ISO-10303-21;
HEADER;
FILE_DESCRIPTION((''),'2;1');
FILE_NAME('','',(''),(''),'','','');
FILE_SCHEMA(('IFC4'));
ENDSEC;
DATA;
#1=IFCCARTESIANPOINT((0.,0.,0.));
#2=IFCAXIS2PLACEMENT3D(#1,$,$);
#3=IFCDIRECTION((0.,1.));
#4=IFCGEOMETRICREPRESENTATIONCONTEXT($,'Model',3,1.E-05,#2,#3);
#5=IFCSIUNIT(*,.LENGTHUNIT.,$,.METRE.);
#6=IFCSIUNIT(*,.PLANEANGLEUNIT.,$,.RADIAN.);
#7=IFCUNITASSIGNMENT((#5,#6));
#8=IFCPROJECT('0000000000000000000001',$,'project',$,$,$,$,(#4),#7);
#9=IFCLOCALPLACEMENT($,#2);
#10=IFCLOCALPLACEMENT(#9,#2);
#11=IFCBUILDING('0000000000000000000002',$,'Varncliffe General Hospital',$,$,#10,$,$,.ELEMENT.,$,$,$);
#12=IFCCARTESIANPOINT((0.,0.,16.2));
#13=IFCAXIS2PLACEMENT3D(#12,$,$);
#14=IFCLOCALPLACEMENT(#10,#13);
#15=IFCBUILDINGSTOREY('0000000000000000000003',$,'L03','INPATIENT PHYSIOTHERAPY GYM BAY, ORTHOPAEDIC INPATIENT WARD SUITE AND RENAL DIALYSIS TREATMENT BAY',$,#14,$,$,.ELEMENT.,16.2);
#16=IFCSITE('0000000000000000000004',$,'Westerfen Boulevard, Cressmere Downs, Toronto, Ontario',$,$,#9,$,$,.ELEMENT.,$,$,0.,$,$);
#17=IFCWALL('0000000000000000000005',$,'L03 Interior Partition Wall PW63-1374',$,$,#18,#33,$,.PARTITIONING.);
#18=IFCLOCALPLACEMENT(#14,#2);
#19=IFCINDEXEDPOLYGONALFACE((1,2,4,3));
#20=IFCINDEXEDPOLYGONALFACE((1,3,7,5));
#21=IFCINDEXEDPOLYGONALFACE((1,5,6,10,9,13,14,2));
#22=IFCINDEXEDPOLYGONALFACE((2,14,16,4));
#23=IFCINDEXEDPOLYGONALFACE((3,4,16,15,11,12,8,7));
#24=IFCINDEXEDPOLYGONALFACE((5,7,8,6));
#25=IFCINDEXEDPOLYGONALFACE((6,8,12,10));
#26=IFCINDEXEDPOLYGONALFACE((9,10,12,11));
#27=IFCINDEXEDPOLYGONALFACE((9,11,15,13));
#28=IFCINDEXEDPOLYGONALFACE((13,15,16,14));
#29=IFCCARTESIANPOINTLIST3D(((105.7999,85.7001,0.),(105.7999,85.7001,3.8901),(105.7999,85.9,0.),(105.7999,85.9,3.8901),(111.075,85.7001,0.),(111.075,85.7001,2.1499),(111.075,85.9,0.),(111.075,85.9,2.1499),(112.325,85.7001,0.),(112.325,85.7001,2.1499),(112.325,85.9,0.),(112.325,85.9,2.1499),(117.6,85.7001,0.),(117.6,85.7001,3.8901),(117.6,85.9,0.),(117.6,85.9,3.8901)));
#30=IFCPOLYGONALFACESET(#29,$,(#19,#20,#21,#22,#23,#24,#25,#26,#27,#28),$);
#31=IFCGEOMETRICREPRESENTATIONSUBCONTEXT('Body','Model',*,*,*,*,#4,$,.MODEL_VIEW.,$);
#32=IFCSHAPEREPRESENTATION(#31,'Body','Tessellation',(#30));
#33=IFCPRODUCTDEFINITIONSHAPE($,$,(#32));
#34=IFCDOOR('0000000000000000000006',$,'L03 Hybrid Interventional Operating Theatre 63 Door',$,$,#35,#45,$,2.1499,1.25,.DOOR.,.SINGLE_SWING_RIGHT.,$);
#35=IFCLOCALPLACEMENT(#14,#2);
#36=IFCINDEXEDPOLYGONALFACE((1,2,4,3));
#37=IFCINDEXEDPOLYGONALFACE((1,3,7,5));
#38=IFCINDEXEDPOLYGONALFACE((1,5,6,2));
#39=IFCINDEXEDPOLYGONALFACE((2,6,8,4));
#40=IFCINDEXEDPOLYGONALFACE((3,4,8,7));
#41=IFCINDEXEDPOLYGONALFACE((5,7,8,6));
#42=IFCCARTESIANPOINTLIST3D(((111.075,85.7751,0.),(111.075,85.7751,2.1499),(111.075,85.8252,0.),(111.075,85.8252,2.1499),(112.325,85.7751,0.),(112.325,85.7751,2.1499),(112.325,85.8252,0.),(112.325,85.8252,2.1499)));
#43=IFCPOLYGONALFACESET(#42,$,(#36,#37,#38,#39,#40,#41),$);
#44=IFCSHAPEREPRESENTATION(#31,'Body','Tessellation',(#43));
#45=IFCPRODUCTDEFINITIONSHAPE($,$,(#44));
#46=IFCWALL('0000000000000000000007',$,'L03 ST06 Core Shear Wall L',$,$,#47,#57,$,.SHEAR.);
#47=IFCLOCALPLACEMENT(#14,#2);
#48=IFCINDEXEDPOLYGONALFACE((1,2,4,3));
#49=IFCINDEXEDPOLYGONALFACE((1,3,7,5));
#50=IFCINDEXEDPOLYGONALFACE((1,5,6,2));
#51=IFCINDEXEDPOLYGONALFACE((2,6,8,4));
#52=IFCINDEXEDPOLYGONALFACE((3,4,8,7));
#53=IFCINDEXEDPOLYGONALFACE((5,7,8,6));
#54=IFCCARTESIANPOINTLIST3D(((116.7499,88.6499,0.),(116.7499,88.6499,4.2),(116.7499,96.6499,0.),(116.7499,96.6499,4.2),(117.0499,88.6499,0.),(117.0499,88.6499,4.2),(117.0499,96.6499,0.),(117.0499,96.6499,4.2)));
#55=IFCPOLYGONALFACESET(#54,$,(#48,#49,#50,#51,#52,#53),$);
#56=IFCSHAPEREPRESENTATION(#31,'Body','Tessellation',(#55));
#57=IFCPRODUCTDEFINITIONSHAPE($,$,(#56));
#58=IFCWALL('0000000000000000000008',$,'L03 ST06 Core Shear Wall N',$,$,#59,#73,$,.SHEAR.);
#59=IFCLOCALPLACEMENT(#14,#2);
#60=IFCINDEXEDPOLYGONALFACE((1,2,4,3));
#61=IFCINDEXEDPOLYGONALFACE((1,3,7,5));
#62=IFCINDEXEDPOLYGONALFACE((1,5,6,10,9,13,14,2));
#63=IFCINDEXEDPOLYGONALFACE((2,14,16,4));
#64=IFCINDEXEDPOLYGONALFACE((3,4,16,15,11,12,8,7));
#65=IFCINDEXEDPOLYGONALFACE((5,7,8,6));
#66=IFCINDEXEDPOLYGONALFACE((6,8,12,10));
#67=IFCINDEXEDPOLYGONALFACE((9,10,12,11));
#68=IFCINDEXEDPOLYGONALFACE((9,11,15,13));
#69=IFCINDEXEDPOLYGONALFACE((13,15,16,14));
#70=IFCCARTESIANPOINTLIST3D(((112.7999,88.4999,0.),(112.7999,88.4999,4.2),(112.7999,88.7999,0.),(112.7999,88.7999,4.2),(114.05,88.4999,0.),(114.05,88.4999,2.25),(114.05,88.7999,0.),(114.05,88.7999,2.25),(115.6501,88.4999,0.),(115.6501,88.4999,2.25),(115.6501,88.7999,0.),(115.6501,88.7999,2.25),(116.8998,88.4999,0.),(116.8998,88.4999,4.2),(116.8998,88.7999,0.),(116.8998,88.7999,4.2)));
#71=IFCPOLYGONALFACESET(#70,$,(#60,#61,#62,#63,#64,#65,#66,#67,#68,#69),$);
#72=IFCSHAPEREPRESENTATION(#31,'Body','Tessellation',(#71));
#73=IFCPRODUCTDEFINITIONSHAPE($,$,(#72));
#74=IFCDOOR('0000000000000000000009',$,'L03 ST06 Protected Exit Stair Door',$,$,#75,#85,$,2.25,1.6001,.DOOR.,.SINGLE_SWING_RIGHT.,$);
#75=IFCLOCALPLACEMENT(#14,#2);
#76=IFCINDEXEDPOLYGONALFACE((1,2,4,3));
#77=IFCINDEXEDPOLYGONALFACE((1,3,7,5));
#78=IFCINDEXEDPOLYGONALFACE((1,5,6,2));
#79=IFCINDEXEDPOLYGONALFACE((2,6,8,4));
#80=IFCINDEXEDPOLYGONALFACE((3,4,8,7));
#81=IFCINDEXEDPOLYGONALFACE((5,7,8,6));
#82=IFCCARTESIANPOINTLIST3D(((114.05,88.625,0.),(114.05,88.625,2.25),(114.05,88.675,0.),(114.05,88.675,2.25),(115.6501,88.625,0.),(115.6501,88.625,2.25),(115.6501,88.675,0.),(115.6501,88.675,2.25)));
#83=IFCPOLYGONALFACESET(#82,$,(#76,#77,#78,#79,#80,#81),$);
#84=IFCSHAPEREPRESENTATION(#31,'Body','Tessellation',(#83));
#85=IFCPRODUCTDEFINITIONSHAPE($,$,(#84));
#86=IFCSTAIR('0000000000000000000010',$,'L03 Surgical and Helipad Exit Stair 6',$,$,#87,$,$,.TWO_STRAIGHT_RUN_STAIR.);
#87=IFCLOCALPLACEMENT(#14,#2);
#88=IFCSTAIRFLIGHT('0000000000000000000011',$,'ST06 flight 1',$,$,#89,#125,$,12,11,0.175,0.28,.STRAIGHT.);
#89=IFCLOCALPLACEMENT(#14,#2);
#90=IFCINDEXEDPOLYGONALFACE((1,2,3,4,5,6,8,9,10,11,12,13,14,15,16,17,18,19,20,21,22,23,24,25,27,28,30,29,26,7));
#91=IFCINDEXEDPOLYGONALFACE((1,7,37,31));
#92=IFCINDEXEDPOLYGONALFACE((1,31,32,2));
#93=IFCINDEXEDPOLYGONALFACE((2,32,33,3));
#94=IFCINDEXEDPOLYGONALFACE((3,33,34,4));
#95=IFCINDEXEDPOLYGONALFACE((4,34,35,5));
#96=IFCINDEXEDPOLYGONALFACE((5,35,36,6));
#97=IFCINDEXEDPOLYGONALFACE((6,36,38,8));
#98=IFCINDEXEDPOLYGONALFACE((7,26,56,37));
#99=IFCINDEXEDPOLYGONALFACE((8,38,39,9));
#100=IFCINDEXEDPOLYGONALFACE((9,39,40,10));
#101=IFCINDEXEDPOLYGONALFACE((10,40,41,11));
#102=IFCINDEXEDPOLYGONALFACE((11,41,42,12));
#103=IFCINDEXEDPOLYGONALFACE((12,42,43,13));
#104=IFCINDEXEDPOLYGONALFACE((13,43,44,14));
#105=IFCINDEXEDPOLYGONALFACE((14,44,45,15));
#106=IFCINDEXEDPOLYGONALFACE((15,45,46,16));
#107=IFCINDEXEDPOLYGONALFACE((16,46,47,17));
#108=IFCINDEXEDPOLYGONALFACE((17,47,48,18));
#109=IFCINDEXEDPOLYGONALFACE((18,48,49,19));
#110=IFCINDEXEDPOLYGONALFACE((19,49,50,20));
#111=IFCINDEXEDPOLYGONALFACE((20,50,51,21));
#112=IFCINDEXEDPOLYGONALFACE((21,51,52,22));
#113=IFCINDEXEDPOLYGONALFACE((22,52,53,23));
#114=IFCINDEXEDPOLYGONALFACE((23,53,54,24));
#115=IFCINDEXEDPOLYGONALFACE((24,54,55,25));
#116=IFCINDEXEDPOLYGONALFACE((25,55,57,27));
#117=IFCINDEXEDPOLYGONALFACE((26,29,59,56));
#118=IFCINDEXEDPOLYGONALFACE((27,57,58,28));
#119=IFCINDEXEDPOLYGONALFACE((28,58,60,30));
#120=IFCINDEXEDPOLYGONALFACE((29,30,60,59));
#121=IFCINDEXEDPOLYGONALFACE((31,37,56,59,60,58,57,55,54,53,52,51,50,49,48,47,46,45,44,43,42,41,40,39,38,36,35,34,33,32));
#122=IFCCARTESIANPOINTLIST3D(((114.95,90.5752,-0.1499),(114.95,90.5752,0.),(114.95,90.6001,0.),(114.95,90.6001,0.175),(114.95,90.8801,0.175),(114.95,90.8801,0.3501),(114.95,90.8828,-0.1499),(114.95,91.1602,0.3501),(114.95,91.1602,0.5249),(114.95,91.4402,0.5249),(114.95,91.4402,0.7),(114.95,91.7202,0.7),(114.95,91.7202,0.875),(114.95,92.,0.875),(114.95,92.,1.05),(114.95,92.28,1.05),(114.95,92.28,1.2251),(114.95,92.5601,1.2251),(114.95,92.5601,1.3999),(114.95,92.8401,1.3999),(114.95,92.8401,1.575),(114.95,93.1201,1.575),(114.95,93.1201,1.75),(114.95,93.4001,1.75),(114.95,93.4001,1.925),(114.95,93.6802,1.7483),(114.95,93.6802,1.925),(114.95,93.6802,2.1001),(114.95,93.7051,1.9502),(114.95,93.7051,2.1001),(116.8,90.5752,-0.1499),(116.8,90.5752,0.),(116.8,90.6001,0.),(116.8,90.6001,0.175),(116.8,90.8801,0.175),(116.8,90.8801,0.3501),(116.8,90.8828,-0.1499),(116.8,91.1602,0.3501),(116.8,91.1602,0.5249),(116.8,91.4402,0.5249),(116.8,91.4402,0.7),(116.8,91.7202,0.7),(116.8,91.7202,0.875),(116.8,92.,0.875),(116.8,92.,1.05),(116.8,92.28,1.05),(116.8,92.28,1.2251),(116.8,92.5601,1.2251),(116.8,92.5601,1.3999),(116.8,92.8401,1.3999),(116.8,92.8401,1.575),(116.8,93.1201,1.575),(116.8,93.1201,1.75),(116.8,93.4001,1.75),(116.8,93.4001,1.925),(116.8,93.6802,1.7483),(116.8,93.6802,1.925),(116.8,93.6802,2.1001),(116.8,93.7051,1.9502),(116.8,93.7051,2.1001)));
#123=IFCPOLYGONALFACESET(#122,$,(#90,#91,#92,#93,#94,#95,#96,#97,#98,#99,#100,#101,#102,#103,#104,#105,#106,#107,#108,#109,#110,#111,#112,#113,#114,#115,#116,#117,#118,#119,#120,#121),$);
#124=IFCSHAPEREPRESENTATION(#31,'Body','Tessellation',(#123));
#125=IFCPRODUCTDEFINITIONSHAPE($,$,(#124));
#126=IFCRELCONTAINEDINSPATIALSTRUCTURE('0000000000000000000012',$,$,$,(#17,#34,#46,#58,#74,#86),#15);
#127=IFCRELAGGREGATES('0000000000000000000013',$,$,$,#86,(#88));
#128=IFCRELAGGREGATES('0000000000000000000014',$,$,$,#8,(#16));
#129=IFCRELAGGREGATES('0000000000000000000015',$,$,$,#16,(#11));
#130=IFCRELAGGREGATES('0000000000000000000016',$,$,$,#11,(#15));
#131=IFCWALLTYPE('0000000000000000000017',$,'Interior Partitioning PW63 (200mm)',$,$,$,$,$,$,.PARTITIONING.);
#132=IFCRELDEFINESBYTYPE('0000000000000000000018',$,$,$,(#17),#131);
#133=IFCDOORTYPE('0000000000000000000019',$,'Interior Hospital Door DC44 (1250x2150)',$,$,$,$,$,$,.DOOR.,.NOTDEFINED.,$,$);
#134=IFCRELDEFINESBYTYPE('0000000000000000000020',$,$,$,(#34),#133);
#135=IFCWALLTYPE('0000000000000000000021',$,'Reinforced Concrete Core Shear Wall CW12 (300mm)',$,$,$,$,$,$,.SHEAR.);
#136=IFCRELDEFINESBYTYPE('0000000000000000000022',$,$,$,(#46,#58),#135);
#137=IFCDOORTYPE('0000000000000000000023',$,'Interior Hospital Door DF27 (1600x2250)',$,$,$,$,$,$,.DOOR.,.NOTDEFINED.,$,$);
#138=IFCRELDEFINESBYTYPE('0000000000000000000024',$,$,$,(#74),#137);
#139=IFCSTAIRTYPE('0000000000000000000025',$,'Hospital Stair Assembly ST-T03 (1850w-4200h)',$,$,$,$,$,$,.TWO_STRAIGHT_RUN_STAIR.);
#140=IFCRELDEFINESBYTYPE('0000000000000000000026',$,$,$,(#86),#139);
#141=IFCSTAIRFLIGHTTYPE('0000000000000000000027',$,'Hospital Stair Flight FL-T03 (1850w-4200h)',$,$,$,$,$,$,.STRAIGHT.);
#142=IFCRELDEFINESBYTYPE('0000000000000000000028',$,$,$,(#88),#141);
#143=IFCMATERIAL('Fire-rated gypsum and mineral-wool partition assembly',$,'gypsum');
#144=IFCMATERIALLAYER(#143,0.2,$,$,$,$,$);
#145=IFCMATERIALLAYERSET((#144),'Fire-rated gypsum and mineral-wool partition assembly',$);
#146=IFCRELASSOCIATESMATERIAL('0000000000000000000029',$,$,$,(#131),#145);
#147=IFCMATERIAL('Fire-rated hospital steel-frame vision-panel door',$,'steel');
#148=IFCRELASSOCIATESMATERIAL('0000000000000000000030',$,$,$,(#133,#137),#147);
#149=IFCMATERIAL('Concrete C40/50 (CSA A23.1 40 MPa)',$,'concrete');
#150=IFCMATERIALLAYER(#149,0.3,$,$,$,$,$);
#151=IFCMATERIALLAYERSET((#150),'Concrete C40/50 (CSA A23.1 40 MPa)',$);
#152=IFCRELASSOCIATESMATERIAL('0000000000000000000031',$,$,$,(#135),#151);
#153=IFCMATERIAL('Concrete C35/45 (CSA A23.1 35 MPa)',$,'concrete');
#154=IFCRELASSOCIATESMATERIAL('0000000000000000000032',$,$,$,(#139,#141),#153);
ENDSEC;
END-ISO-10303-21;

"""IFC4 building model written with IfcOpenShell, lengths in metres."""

from ifc_helpers import new_model, si_unit, direction, frame, frame_2d, origin, place, context, subcontext, project, spatial, polyline, rectangle, outline, extrude, material, layer, layer_set, type_object, element, fill, aggregate, save


model = new_model("IFC4")

# Units and contexts
model_context = context("Model", 3, precision=1e-05, world=origin(), true_north=direction((0.0, 1.0)))
body_context = subcontext(model_context, "Body", "Model", "MODEL_VIEW")
ifc_project = project(units=[si_unit("LENGTHUNIT", "METRE"), si_unit("PLANEANGLEUNIT", "RADIAN")], contexts=[model_context])

# Site, building, storey
site_placement = place(None, origin())
site = spatial("IfcSite", under=ifc_project, at=site_placement, Name="Westerfen Boulevard, Cressmere Downs, Toronto, Ontario", CompositionType="ELEMENT", RefElevation=0.0)
building_placement = place(site_placement, origin())
building = spatial("IfcBuilding", under=site, at=building_placement, Name="Varncliffe General Hospital", CompositionType="ELEMENT")
storey_placement = place(building_placement, frame((0.0, 0.0, 16.2)))
storey = spatial("IfcBuildingStorey", under=building, at=storey_placement, Name="L03", Description="INPATIENT PHYSIOTHERAPY GYM BAY, ORTHOPAEDIC INPATIENT WARD SUITE AND RENAL DIALYSIS TREATMENT BAY", CompositionType="ELEMENT", Elevation=16.2)

# Shared definitions
ifc_material_1 = material(Name="Concrete C40/50 (CSA A23.1 40 MPa)", Category="concrete")

# Shared definitions
ifc_material_2 = material(Name="Concrete C35/45 (CSA A23.1 35 MPa)", Category="concrete")

# Wall, opening, door
ifc_material_3 = material(Name="Fire-rated gypsum and mineral-wool partition assembly", Category="gypsum")
ifc_layer_1 = layer(ifc_material_3, 0.2)
ifc_layer_set_1 = layer_set([ifc_layer_1], Name="Fire-rated gypsum and mineral-wool partition assembly")
wall_type_1 = type_object("IfcWallType", Name="Interior Partitioning PW63 (200mm)", PredefinedType="PARTITIONING", material=ifc_layer_set_1)
wall_1_placement = place(storey_placement, frame((105.8, 85.8, 0.0), z_axis=(0.0, 0.0, 1.0), x_axis=(1.0, 0.0, 0.0)))
wall_1 = element("IfcWall", 1, at=wall_1_placement, inside=storey, type_object=wall_type_1, Name="L03 Interior Partition Wall PW63-1374", PredefinedType="PARTITIONING", context=body_context, shape_type="SweptSolid", body=[
    extrude(rectangle(XDim=11.8, YDim=0.2, at=frame_2d((5.8999, 0.0))), origin(), (0.0, 0.0, 1.0), 3.8901),
])
opening_1_placement = place(wall_1_placement, frame((5.2749, 0.0, 0.0)))
opening_1 = element("IfcOpeningElement", 2, at=opening_1_placement, cuts=wall_1, PredefinedType="OPENING", context=body_context, shape_type="SweptSolid", body=[
    extrude(rectangle(XDim=1.25, YDim=2.1499, at=frame_2d((0.625, 1.075))), frame((0.0, 0.1099, 0.0), z_axis=(0.0, -1.0, 0.0), x_axis=(1.0, 0.0, 0.0)), (0.0, 0.0, 1.0), 0.22),
])
ifc_material_4 = material(Name="Fire-rated hospital steel-frame vision-panel door", Category="steel")
door_type_1 = type_object("IfcDoorType", Name="Interior Hospital Door DC44 (1250x2150)", OperationType="NOTDEFINED", PredefinedType="DOOR", material=ifc_material_4)
door_1_placement = place(opening_1_placement, frame((1.25, 0.0, 0.0), z_axis=(0.0, 0.0, 1.0), x_axis=(-1.0, 0.0, 0.0)))
door_1 = element("IfcDoor", 3, at=door_1_placement, inside=storey, type_object=door_type_1, Name="L03 Hybrid Interventional Operating Theatre 63 Door", OperationType="SINGLE_SWING_RIGHT", OverallHeight=2.1499, OverallWidth=1.25, PredefinedType="DOOR", context=body_context, shape_type="SweptSolid", body=[
    extrude(rectangle(XDim=1.25, YDim=2.1499, at=frame_2d((0.625, 1.075))), frame((0.0, 0.0249, 0.0), z_axis=(0.0, -1.0, 0.0), x_axis=(1.0, 0.0, 0.0)), (0.0, 0.0, 1.0), 0.05),
])
fill(opening_1, door_1)

# Wall
ifc_layer_2 = layer(ifc_material_1, 0.3)
ifc_layer_set_2 = layer_set([ifc_layer_2], Name="Concrete C40/50 (CSA A23.1 40 MPa)")
wall_type_2 = type_object("IfcWallType", Name="Reinforced Concrete Core Shear Wall CW12 (300mm)", PredefinedType="SHEAR", material=ifc_layer_set_2)
wall_2_placement = place(storey_placement, frame((116.8999, 88.6499, 0.0), z_axis=(0.0, 0.0, 1.0), x_axis=(0.0, 1.0, 0.0)))
element("IfcWall", 4, at=wall_2_placement, inside=storey, type_object=wall_type_2, Name="L03 ST06 Core Shear Wall L", PredefinedType="SHEAR", context=body_context, shape_type="SweptSolid", body=[
    extrude(rectangle(XDim=8.0, YDim=0.3, at=frame_2d((4.0, 0.0))), origin(), (0.0, 0.0, 1.0), 4.2),
])

# Wall, opening, door
wall_3_placement = place(storey_placement, frame((112.8, 88.6499, 0.0), z_axis=(0.0, 0.0, 1.0), x_axis=(1.0, 0.0, 0.0)))
wall_3 = element("IfcWall", 5, at=wall_3_placement, inside=storey, type_object=wall_type_2, Name="L03 ST06 Core Shear Wall N", PredefinedType="SHEAR", context=body_context, shape_type="SweptSolid", body=[
    extrude(rectangle(XDim=4.0999, YDim=0.3, at=frame_2d((2.0498, 0.0))), origin(), (0.0, 0.0, 1.0), 4.2),
])
opening_2_placement = place(wall_3_placement, frame((1.25, 0.0, 0.0)))
opening_2 = element("IfcOpeningElement", 6, at=opening_2_placement, cuts=wall_3, PredefinedType="OPENING", context=body_context, shape_type="SweptSolid", body=[
    extrude(rectangle(XDim=1.6001, YDim=2.25, at=frame_2d((0.8, 1.125))), frame((0.0, 0.1602, 0.0), z_axis=(0.0, -1.0, 0.0), x_axis=(1.0, 0.0, 0.0)), (0.0, 0.0, 1.0), 0.3201),
])
door_type_2 = type_object("IfcDoorType", Name="Interior Hospital Door DF27 (1600x2250)", OperationType="NOTDEFINED", PredefinedType="DOOR", material=ifc_material_4)
door_2_placement = place(opening_2_placement, frame((1.6001, 0.0, 0.0), z_axis=(0.0, 0.0, 1.0), x_axis=(-1.0, 0.0, 0.0)))
door_2 = element("IfcDoor", 7, at=door_2_placement, inside=storey, type_object=door_type_2, Name="L03 ST06 Protected Exit Stair Door", OperationType="SINGLE_SWING_RIGHT", OverallHeight=2.25, OverallWidth=1.6001, PredefinedType="DOOR", context=body_context, shape_type="SweptSolid", body=[
    extrude(rectangle(XDim=1.6001, YDim=2.25, at=frame_2d((0.8, 1.125))), frame((0.0, 0.0249, 0.0), z_axis=(0.0, -1.0, 0.0), x_axis=(1.0, 0.0, 0.0)), (0.0, 0.0, 1.0), 0.05),
])
fill(opening_2, door_2)

# Stair, stair flight
stair_type = type_object("IfcStairType", Name="Hospital Stair Assembly ST-T03 (1850w-4200h)", PredefinedType="TWO_STRAIGHT_RUN_STAIR", material=ifc_material_2)
stair_placement = place(storey_placement, origin())
stair = element("IfcStair", 8, at=stair_placement, inside=storey, type_object=stair_type, Name="L03 Surgical and Helipad Exit Stair 6", PredefinedType="TWO_STRAIGHT_RUN_STAIR")
stair_flight_type = type_object("IfcStairFlightType", Name="Hospital Stair Flight FL-T03 (1850w-4200h)", PredefinedType="STRAIGHT", material=ifc_material_2)
stair_flight_placement = place(storey_placement, frame((115.875, 90.6001, 0.0), z_axis=(0.0, 0.0, 1.0), x_axis=(0.0, 1.0, 0.0)))
stair_flight = element("IfcStairFlight", 9, at=stair_flight_placement, type_object=stair_flight_type, Name="ST06 flight 1", NumberOfRisers=12, NumberOfTreads=11, PredefinedType="STRAIGHT", RiserHeight=0.175, TreadLength=0.28, context=body_context, shape_type="SweptSolid", body=[
    extrude(outline(polyline([(-0.0249, -0.1499), (-0.0249, 0.0), (0.0, 0.0), (0.0, 0.175), (0.28, 0.175), (0.28, 0.3501), (0.5601, 0.3501), (0.5601, 0.5249), (0.8401, 0.5249), (0.8401, 0.7), (1.1201, 0.7), (1.1201, 0.875), (1.3999, 0.875), (1.3999, 1.05), (1.6799, 1.05), (1.6799, 1.2251), (1.96, 1.2251), (1.96, 1.3999), (2.24, 1.3999), (2.24, 1.575), (2.52, 1.575), (2.52, 1.75), (2.8, 1.75), (2.8, 1.925), (3.0801, 1.925), (3.0801, 2.1001), (3.105, 2.1001), (3.105, 1.9502), (3.0801, 1.7483), (0.2827, -0.1499), (-0.0249, -0.1499)])), frame((0.0, 0.925, 0.0), z_axis=(0.0, -1.0, 0.0), x_axis=(1.0, 0.0, 0.0)), (0.0, 0.0, 1.0), 1.8501),
])
aggregate(stair, [stair_flight])

save(model, "model.ifc")
